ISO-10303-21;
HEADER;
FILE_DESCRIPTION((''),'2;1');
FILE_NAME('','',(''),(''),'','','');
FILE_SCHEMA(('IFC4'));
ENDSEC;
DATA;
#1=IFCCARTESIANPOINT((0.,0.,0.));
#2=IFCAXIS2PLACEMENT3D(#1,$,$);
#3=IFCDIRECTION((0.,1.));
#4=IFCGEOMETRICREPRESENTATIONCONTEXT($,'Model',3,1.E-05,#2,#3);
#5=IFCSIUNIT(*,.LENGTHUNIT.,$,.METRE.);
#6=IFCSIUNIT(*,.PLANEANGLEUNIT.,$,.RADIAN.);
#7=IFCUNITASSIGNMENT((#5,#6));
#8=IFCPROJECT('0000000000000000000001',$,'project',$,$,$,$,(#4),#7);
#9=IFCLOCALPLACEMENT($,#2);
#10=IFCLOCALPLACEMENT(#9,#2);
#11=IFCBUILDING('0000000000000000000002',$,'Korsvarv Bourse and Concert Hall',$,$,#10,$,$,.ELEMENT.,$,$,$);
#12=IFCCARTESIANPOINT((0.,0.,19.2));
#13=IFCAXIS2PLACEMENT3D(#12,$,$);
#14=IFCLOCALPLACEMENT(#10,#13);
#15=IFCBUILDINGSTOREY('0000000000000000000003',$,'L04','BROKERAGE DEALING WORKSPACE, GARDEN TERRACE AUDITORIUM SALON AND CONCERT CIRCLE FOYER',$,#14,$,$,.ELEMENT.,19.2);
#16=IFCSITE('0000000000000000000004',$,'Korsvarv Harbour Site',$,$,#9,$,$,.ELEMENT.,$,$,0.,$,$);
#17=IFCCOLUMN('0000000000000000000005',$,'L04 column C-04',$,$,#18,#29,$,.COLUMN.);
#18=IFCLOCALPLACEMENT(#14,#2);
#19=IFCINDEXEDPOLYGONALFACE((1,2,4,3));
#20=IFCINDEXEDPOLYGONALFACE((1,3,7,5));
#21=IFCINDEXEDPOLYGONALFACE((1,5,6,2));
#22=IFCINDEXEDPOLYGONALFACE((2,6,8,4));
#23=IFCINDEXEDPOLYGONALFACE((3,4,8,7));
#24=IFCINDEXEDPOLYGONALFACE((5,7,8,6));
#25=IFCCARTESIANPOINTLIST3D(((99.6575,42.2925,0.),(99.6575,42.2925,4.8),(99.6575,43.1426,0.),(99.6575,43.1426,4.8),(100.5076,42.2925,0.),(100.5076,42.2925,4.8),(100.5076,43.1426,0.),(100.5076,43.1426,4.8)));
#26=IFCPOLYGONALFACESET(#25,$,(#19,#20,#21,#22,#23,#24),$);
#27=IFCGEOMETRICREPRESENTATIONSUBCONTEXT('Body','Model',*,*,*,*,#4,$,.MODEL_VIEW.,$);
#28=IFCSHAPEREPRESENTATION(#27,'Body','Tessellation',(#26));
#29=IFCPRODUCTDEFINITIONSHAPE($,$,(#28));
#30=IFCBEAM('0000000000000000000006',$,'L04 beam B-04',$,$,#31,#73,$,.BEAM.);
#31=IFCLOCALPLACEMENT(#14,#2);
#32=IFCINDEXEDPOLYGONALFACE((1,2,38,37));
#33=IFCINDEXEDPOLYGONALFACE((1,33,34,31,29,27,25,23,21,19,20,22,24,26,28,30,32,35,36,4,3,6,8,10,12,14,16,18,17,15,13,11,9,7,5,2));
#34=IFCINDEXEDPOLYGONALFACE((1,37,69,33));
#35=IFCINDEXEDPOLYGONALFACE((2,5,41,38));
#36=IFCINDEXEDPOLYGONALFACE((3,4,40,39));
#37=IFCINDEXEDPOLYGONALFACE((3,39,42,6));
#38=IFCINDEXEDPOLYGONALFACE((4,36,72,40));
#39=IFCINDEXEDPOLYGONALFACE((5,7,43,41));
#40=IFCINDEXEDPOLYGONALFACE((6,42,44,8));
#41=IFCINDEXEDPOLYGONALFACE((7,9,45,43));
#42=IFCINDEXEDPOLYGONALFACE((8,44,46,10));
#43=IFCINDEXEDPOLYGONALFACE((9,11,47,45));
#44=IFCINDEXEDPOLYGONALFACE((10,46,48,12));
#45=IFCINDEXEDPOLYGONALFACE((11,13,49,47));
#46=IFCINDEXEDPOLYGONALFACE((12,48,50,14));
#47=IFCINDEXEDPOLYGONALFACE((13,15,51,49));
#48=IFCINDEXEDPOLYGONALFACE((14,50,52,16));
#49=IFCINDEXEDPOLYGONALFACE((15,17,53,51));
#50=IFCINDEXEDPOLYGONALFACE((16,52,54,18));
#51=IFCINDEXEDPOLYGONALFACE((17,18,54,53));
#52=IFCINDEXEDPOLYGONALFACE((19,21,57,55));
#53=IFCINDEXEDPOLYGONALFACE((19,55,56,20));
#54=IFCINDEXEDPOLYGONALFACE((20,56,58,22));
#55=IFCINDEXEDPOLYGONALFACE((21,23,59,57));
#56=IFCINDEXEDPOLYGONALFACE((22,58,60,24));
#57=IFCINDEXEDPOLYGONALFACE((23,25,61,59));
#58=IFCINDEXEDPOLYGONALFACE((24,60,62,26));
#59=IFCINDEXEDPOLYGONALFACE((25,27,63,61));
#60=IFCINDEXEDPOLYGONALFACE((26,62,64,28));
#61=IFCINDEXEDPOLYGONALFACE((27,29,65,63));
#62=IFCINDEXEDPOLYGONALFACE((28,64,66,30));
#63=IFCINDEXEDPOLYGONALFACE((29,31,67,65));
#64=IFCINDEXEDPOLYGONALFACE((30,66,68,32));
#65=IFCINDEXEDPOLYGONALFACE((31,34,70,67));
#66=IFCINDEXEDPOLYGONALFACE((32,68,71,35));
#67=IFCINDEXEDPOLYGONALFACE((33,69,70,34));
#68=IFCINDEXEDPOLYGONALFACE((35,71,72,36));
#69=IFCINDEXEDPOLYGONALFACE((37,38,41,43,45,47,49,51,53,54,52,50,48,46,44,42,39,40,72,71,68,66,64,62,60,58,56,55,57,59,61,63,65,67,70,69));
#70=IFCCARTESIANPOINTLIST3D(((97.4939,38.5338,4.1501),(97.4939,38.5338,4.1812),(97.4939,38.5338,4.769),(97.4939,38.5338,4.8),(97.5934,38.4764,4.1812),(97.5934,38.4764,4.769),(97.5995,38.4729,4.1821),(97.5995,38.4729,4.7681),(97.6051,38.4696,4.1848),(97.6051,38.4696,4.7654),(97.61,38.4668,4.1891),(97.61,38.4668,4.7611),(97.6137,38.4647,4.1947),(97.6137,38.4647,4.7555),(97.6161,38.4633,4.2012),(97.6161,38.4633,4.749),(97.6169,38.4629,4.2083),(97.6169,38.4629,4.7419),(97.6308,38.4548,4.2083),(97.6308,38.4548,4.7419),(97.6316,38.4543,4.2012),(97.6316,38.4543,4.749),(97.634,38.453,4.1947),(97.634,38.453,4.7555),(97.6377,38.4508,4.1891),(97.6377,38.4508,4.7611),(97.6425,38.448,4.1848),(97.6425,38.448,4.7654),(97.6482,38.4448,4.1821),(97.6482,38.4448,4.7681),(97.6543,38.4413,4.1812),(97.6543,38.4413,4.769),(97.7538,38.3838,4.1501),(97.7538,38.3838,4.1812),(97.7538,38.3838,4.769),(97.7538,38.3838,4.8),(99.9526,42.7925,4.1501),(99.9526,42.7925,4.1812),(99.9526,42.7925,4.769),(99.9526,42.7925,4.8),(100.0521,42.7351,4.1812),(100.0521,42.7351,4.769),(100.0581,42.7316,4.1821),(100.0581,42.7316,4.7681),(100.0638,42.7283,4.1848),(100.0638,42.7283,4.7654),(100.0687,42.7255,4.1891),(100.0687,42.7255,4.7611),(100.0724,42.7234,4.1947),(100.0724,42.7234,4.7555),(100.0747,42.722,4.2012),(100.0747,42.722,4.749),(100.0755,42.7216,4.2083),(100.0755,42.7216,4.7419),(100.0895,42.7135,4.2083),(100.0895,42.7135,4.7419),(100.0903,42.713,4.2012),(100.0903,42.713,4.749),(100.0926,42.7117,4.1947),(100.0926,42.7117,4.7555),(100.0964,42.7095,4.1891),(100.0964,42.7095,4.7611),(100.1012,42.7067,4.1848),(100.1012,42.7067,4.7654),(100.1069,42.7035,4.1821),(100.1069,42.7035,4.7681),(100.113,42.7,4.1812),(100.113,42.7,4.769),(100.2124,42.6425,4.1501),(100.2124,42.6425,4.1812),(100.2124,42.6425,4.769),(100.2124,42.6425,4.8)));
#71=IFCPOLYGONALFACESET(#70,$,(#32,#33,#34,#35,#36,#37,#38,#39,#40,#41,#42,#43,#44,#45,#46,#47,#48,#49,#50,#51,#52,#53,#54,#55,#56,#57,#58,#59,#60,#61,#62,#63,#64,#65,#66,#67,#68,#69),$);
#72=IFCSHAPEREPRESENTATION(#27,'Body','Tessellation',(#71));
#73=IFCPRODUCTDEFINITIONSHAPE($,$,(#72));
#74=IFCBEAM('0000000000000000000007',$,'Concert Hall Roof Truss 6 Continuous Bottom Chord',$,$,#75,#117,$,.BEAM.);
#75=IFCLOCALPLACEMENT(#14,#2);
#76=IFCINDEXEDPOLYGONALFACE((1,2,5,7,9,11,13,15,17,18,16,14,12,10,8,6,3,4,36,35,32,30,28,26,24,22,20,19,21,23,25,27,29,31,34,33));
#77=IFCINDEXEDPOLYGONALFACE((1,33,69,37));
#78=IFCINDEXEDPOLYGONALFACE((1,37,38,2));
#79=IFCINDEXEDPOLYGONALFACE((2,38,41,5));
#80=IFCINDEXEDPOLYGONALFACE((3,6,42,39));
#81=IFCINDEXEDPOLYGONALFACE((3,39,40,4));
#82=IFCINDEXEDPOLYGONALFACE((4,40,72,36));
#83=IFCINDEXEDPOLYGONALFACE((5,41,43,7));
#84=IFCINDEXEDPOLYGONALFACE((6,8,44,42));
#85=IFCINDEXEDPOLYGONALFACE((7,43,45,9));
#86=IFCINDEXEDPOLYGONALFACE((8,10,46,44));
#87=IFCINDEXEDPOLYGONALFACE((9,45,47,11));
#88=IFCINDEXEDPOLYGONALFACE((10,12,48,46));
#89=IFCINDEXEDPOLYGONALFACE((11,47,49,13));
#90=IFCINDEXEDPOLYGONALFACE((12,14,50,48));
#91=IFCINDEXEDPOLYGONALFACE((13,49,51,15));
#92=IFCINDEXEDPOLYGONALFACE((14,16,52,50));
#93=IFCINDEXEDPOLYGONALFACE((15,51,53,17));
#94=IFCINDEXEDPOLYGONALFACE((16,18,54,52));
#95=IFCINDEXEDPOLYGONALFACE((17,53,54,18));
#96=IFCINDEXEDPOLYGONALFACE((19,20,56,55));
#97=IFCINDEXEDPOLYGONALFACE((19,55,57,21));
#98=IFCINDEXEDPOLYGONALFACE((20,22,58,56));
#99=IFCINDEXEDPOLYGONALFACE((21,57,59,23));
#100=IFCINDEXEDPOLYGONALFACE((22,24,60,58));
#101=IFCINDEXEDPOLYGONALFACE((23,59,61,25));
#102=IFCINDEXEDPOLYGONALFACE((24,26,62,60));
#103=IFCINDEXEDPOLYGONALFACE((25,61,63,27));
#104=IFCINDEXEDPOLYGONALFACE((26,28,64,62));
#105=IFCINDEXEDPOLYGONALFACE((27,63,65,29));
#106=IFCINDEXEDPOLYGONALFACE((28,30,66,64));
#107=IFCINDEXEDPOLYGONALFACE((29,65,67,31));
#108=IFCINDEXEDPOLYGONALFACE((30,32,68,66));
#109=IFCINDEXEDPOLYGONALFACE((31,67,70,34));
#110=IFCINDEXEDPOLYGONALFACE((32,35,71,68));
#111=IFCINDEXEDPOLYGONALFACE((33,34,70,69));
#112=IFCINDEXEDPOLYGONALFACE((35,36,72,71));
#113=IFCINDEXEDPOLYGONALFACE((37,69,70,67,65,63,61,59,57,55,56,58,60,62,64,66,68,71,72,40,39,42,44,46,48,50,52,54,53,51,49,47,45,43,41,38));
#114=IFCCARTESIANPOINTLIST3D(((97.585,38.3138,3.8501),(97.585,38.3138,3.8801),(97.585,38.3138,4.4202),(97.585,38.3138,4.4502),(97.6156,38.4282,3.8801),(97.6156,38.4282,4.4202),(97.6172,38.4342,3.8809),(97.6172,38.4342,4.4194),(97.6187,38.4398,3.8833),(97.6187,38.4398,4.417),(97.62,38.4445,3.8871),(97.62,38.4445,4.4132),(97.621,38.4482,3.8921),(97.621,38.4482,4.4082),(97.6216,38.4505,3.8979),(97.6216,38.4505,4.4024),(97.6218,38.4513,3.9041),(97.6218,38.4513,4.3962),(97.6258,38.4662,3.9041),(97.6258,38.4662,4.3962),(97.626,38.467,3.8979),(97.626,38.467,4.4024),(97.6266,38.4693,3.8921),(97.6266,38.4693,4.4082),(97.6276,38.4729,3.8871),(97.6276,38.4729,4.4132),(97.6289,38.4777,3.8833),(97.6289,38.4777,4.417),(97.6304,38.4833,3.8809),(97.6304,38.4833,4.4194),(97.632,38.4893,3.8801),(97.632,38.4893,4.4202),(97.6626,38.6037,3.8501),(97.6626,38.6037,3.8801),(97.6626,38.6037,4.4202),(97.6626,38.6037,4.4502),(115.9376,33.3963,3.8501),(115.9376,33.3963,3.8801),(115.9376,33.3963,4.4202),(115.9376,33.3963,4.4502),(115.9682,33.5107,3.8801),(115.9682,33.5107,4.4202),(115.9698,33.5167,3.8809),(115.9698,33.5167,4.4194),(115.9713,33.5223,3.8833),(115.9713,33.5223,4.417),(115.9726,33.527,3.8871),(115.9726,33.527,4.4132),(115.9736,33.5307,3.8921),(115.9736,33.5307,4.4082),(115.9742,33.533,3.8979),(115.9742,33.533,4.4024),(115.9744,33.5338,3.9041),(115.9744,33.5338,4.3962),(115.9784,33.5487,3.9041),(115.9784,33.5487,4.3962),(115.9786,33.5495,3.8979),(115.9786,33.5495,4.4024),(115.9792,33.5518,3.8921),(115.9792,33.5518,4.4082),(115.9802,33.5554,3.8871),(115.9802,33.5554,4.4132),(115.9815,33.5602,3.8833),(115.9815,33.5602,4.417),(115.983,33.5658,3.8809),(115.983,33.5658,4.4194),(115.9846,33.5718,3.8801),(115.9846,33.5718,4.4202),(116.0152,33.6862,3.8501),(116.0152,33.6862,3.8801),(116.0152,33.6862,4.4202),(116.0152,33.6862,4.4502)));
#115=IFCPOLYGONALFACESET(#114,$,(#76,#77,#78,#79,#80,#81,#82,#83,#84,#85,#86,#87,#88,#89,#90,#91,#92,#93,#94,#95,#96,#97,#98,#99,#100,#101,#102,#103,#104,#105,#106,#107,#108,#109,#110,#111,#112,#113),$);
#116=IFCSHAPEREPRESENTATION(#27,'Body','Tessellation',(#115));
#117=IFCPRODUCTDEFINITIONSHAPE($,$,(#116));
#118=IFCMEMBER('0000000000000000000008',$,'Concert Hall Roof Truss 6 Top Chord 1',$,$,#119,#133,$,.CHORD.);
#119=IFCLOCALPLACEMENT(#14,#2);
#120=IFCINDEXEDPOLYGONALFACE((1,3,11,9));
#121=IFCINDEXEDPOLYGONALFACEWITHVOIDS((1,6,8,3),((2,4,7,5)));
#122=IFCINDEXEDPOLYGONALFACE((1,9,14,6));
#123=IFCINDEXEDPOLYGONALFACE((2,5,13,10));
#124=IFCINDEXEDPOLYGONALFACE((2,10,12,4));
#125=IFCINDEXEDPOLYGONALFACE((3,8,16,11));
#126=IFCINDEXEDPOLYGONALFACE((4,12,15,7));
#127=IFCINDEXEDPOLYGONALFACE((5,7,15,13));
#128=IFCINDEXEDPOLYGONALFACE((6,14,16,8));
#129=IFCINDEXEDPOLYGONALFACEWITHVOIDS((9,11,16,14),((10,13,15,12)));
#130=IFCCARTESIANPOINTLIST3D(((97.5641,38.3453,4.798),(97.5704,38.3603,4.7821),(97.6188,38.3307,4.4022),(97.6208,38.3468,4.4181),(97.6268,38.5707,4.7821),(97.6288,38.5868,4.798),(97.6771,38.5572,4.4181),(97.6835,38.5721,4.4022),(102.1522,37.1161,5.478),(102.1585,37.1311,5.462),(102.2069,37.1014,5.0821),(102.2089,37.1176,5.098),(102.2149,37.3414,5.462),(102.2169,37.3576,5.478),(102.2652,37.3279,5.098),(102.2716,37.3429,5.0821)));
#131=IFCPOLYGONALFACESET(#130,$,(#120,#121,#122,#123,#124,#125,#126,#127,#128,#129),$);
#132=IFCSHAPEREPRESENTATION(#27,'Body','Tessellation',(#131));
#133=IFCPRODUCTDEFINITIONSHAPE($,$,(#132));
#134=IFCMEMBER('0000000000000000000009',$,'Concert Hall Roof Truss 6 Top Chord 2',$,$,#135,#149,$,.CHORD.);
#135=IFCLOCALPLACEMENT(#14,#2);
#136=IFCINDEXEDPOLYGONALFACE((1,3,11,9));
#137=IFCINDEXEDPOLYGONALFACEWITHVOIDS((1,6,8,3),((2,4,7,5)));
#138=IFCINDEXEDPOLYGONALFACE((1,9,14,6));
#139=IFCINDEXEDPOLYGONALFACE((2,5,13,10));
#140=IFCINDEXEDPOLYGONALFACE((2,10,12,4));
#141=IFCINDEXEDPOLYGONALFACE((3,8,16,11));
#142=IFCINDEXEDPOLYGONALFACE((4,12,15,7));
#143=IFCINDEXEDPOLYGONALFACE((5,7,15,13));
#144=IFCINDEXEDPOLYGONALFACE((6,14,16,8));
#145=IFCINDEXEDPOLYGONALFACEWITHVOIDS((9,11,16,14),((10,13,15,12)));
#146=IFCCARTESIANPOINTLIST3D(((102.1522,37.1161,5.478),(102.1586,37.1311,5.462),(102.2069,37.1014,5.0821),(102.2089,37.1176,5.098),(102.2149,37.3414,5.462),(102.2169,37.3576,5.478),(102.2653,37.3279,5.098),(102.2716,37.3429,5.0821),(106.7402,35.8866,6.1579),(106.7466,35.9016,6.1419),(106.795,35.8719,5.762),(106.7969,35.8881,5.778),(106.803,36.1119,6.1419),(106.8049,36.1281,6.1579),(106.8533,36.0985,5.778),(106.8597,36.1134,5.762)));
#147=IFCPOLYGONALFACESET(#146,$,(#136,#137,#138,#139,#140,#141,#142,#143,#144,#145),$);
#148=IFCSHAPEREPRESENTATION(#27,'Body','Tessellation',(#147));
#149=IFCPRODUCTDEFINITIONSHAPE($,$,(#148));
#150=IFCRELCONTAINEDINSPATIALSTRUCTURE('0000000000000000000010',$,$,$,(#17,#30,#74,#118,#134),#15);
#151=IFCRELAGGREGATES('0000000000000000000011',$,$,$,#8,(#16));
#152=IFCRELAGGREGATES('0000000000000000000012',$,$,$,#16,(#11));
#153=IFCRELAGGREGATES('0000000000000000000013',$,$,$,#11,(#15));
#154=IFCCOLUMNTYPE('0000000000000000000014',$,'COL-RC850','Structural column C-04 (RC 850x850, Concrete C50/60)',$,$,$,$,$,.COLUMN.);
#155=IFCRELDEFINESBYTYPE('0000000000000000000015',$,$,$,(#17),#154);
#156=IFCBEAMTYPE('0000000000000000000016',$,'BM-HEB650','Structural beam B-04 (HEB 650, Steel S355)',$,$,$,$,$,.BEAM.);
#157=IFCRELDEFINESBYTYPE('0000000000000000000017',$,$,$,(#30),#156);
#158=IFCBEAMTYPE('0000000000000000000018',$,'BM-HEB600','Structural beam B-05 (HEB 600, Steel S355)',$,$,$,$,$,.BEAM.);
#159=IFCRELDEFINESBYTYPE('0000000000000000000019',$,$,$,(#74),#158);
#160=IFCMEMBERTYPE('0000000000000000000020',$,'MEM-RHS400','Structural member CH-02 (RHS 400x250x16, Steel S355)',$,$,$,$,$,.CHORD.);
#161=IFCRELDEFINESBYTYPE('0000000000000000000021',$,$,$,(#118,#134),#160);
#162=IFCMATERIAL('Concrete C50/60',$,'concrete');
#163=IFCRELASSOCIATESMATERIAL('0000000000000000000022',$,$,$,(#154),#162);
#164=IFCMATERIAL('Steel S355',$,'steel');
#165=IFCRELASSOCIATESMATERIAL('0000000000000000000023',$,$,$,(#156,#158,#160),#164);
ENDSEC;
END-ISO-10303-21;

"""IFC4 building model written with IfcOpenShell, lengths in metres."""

from ifc_helpers import new_model, si_unit, direction, frame, origin, origin_2d, place, context, subcontext, project, spatial, rectangle, hollow_rectangle, i_section, extrude, source, transform, mapped, material, material_profile, profile_set, type_object, element, save


model = new_model("IFC4")

# Units and contexts
model_context = context("Model", 3, precision=1e-05, world=origin(), true_north=direction((0.0, 1.0)))
body_context = subcontext(model_context, "Body", "Model", "MODEL_VIEW")
ifc_project = project(units=[si_unit("LENGTHUNIT", "METRE"), si_unit("PLANEANGLEUNIT", "RADIAN")], contexts=[model_context])

# Site, building, storey
site_placement = place(None, origin())
site = spatial("IfcSite", under=ifc_project, at=site_placement, Name="Korsvarv Harbour Site", CompositionType="ELEMENT", RefElevation=0.0)
building_placement = place(site_placement, origin())
building = spatial("IfcBuilding", under=site, at=building_placement, Name="Korsvarv Bourse and Concert Hall", CompositionType="ELEMENT")
storey_placement = place(building_placement, frame((0.0, 0.0, 19.2)))
storey = spatial("IfcBuildingStorey", under=building, at=storey_placement, Name="L04", Description="BROKERAGE DEALING WORKSPACE, GARDEN TERRACE AUDITORIUM SALON AND CONCERT CIRCLE FOYER", CompositionType="ELEMENT", Elevation=19.2)

# Column
ifc_material_1 = material(Name="Concrete C50/60", Category="concrete")
ifc_material_profile_1 = material_profile(ifc_material_1, rectangle(XDim=0.8501, YDim=0.8501, at=origin_2d()), Name="RC 850x850")
ifc_profile_set_1 = profile_set([ifc_material_profile_1], Name="Concrete C50/60")
column_type = type_object("IfcColumnType", Name="COL-RC850", Description="Structural column C-04 (RC 850x850, Concrete C50/60)", PredefinedType="COLUMN", material=ifc_profile_set_1)
shared_shape_1 = source(origin(), body_context, "Body", "SweptSolid", [
    extrude(rectangle(XDim=0.8501, YDim=0.8501, at=origin_2d()), origin(), (0.0, 0.0, 1.0), 4.8),
])
column_placement = place(storey_placement, frame((100.0825, 42.7175, 0.0), z_axis=(0.0, 0.0, 1.0), x_axis=(1.0, 0.0, 0.0)))
element("IfcColumn", 1, at=column_placement, inside=storey, type_object=column_type, Name="L04 column C-04", PredefinedType="COLUMN", context=body_context, shape_type="MappedRepresentation", body=[
    mapped(shared_shape_1, transform((0.0, 0.0, 0.0), scale=1.0)),
])

# Beams
ifc_material_2 = material(Name="Steel S355", Category="steel")
ifc_material_profile_2 = material_profile(ifc_material_2, i_section(OverallWidth=0.3, OverallDepth=0.6499, WebThickness=0.0161, FlangeThickness=0.031, FilletRadius=0.0271, at=origin_2d()), Name="HEB 650")
ifc_profile_set_2 = profile_set([ifc_material_profile_2], Name="Steel S355")
beam_type_1 = type_object("IfcBeamType", Name="BM-HEB650", Description="Structural beam B-04 (HEB 650, Steel S355)", PredefinedType="BEAM", material=ifc_profile_set_2)
shared_shape_2 = source(origin(), body_context, "Body", "SweptSolid", [
    extrude(i_section(OverallWidth=0.3, OverallDepth=0.6499, WebThickness=0.0161, FlangeThickness=0.031, FilletRadius=0.0271, at=origin_2d()), origin(), (0.0, 0.0, 1.0), 4.9175),
])
beam_1_placement = place(storey_placement, frame((100.0825, 42.7175, 4.4751), z_axis=(-0.499989, -0.866032, 0.0), x_axis=(0.866032, -0.499989, 0.0)))
element("IfcBeam", 2, at=beam_1_placement, inside=storey, type_object=beam_type_1, Name="L04 beam B-04", PredefinedType="BEAM", context=body_context, shape_type="MappedRepresentation", body=[
    mapped(shared_shape_2, transform((0.0, 0.0, 0.0), scale=1.0)),
])
ifc_material_profile_3 = material_profile(ifc_material_2, i_section(OverallWidth=0.3, OverallDepth=0.6001, WebThickness=0.0154, FlangeThickness=0.03, FilletRadius=0.0239, at=origin_2d()), Name="HEB 600")
ifc_profile_set_3 = profile_set([ifc_material_profile_3], Name="Steel S355")
beam_type_2 = type_object("IfcBeamType", Name="BM-HEB600", Description="Structural beam B-05 (HEB 600, Steel S355)", PredefinedType="BEAM", material=ifc_profile_set_3)
shared_shape_3 = source(origin(), body_context, "Body", "SweptSolid", [
    extrude(i_section(OverallWidth=0.3, OverallDepth=0.6001, WebThickness=0.0154, FlangeThickness=0.03, FilletRadius=0.0239, at=origin_2d()), origin(), (0.0, 0.0, 1.0), 19.0),
])
beam_2_placement = place(storey_placement, frame((97.6238, 38.4587, 4.1501), z_axis=(0.965927, -0.258816, 0.0), x_axis=(0.258816, 0.965927, 0.0)))
element("IfcBeam", 3, at=beam_2_placement, inside=storey, type_object=beam_type_2, Name="Concert Hall Roof Truss 6 Continuous Bottom Chord", PredefinedType="BEAM", context=body_context, shape_type="MappedRepresentation", body=[
    mapped(shared_shape_3, transform((0.0, 0.0, 0.0), scale=1.0)),
])

# Members
ifc_material_profile_4 = material_profile(ifc_material_2, hollow_rectangle(XDim=0.25, YDim=0.3999, WallThickness=0.0161, at=origin_2d()), Name="RHS 400x250x16")
ifc_profile_set_4 = profile_set([ifc_material_profile_4], Name="Steel S355")
member_type_1 = type_object("IfcMemberType", Name="MEM-RHS400", Description="Structural member CH-02 (RHS 400x250x16, Steel S355)", PredefinedType="CHORD", material=ifc_profile_set_4)
shared_shape_4 = source(origin(), body_context, "Body", "SweptSolid", [
    extrude(hollow_rectangle(XDim=0.25, YDim=0.3999, WallThickness=0.0161, at=origin_2d()), origin(), (0.0, 0.0, 1.0), 4.7983),
])
for number, where, z_axis, x_axis, name in (
    (4, (97.6238, 38.4587, 4.6001), (0.956186, -0.25618, 0.141701), (0.258792, 0.965933, 0.0), "Concert Hall Roof Truss 6 Top Chord 1"),
    (5, (102.2119, 37.2295, 5.28), (0.956174, -0.256228, 0.141699), (0.25884, 0.96592, 0.0), "Concert Hall Roof Truss 6 Top Chord 2"),
):
    element("IfcMember", number, at=place(storey_placement, frame(where, z_axis=z_axis, x_axis=x_axis)), inside=storey, type_object=member_type_1, Name=name, PredefinedType="CHORD", context=body_context, shape_type="MappedRepresentation", body=[
        mapped(shared_shape_4, transform((0.0, 0.0, 0.0), scale=1.0)),
    ])

save(model, "model.ifc")
